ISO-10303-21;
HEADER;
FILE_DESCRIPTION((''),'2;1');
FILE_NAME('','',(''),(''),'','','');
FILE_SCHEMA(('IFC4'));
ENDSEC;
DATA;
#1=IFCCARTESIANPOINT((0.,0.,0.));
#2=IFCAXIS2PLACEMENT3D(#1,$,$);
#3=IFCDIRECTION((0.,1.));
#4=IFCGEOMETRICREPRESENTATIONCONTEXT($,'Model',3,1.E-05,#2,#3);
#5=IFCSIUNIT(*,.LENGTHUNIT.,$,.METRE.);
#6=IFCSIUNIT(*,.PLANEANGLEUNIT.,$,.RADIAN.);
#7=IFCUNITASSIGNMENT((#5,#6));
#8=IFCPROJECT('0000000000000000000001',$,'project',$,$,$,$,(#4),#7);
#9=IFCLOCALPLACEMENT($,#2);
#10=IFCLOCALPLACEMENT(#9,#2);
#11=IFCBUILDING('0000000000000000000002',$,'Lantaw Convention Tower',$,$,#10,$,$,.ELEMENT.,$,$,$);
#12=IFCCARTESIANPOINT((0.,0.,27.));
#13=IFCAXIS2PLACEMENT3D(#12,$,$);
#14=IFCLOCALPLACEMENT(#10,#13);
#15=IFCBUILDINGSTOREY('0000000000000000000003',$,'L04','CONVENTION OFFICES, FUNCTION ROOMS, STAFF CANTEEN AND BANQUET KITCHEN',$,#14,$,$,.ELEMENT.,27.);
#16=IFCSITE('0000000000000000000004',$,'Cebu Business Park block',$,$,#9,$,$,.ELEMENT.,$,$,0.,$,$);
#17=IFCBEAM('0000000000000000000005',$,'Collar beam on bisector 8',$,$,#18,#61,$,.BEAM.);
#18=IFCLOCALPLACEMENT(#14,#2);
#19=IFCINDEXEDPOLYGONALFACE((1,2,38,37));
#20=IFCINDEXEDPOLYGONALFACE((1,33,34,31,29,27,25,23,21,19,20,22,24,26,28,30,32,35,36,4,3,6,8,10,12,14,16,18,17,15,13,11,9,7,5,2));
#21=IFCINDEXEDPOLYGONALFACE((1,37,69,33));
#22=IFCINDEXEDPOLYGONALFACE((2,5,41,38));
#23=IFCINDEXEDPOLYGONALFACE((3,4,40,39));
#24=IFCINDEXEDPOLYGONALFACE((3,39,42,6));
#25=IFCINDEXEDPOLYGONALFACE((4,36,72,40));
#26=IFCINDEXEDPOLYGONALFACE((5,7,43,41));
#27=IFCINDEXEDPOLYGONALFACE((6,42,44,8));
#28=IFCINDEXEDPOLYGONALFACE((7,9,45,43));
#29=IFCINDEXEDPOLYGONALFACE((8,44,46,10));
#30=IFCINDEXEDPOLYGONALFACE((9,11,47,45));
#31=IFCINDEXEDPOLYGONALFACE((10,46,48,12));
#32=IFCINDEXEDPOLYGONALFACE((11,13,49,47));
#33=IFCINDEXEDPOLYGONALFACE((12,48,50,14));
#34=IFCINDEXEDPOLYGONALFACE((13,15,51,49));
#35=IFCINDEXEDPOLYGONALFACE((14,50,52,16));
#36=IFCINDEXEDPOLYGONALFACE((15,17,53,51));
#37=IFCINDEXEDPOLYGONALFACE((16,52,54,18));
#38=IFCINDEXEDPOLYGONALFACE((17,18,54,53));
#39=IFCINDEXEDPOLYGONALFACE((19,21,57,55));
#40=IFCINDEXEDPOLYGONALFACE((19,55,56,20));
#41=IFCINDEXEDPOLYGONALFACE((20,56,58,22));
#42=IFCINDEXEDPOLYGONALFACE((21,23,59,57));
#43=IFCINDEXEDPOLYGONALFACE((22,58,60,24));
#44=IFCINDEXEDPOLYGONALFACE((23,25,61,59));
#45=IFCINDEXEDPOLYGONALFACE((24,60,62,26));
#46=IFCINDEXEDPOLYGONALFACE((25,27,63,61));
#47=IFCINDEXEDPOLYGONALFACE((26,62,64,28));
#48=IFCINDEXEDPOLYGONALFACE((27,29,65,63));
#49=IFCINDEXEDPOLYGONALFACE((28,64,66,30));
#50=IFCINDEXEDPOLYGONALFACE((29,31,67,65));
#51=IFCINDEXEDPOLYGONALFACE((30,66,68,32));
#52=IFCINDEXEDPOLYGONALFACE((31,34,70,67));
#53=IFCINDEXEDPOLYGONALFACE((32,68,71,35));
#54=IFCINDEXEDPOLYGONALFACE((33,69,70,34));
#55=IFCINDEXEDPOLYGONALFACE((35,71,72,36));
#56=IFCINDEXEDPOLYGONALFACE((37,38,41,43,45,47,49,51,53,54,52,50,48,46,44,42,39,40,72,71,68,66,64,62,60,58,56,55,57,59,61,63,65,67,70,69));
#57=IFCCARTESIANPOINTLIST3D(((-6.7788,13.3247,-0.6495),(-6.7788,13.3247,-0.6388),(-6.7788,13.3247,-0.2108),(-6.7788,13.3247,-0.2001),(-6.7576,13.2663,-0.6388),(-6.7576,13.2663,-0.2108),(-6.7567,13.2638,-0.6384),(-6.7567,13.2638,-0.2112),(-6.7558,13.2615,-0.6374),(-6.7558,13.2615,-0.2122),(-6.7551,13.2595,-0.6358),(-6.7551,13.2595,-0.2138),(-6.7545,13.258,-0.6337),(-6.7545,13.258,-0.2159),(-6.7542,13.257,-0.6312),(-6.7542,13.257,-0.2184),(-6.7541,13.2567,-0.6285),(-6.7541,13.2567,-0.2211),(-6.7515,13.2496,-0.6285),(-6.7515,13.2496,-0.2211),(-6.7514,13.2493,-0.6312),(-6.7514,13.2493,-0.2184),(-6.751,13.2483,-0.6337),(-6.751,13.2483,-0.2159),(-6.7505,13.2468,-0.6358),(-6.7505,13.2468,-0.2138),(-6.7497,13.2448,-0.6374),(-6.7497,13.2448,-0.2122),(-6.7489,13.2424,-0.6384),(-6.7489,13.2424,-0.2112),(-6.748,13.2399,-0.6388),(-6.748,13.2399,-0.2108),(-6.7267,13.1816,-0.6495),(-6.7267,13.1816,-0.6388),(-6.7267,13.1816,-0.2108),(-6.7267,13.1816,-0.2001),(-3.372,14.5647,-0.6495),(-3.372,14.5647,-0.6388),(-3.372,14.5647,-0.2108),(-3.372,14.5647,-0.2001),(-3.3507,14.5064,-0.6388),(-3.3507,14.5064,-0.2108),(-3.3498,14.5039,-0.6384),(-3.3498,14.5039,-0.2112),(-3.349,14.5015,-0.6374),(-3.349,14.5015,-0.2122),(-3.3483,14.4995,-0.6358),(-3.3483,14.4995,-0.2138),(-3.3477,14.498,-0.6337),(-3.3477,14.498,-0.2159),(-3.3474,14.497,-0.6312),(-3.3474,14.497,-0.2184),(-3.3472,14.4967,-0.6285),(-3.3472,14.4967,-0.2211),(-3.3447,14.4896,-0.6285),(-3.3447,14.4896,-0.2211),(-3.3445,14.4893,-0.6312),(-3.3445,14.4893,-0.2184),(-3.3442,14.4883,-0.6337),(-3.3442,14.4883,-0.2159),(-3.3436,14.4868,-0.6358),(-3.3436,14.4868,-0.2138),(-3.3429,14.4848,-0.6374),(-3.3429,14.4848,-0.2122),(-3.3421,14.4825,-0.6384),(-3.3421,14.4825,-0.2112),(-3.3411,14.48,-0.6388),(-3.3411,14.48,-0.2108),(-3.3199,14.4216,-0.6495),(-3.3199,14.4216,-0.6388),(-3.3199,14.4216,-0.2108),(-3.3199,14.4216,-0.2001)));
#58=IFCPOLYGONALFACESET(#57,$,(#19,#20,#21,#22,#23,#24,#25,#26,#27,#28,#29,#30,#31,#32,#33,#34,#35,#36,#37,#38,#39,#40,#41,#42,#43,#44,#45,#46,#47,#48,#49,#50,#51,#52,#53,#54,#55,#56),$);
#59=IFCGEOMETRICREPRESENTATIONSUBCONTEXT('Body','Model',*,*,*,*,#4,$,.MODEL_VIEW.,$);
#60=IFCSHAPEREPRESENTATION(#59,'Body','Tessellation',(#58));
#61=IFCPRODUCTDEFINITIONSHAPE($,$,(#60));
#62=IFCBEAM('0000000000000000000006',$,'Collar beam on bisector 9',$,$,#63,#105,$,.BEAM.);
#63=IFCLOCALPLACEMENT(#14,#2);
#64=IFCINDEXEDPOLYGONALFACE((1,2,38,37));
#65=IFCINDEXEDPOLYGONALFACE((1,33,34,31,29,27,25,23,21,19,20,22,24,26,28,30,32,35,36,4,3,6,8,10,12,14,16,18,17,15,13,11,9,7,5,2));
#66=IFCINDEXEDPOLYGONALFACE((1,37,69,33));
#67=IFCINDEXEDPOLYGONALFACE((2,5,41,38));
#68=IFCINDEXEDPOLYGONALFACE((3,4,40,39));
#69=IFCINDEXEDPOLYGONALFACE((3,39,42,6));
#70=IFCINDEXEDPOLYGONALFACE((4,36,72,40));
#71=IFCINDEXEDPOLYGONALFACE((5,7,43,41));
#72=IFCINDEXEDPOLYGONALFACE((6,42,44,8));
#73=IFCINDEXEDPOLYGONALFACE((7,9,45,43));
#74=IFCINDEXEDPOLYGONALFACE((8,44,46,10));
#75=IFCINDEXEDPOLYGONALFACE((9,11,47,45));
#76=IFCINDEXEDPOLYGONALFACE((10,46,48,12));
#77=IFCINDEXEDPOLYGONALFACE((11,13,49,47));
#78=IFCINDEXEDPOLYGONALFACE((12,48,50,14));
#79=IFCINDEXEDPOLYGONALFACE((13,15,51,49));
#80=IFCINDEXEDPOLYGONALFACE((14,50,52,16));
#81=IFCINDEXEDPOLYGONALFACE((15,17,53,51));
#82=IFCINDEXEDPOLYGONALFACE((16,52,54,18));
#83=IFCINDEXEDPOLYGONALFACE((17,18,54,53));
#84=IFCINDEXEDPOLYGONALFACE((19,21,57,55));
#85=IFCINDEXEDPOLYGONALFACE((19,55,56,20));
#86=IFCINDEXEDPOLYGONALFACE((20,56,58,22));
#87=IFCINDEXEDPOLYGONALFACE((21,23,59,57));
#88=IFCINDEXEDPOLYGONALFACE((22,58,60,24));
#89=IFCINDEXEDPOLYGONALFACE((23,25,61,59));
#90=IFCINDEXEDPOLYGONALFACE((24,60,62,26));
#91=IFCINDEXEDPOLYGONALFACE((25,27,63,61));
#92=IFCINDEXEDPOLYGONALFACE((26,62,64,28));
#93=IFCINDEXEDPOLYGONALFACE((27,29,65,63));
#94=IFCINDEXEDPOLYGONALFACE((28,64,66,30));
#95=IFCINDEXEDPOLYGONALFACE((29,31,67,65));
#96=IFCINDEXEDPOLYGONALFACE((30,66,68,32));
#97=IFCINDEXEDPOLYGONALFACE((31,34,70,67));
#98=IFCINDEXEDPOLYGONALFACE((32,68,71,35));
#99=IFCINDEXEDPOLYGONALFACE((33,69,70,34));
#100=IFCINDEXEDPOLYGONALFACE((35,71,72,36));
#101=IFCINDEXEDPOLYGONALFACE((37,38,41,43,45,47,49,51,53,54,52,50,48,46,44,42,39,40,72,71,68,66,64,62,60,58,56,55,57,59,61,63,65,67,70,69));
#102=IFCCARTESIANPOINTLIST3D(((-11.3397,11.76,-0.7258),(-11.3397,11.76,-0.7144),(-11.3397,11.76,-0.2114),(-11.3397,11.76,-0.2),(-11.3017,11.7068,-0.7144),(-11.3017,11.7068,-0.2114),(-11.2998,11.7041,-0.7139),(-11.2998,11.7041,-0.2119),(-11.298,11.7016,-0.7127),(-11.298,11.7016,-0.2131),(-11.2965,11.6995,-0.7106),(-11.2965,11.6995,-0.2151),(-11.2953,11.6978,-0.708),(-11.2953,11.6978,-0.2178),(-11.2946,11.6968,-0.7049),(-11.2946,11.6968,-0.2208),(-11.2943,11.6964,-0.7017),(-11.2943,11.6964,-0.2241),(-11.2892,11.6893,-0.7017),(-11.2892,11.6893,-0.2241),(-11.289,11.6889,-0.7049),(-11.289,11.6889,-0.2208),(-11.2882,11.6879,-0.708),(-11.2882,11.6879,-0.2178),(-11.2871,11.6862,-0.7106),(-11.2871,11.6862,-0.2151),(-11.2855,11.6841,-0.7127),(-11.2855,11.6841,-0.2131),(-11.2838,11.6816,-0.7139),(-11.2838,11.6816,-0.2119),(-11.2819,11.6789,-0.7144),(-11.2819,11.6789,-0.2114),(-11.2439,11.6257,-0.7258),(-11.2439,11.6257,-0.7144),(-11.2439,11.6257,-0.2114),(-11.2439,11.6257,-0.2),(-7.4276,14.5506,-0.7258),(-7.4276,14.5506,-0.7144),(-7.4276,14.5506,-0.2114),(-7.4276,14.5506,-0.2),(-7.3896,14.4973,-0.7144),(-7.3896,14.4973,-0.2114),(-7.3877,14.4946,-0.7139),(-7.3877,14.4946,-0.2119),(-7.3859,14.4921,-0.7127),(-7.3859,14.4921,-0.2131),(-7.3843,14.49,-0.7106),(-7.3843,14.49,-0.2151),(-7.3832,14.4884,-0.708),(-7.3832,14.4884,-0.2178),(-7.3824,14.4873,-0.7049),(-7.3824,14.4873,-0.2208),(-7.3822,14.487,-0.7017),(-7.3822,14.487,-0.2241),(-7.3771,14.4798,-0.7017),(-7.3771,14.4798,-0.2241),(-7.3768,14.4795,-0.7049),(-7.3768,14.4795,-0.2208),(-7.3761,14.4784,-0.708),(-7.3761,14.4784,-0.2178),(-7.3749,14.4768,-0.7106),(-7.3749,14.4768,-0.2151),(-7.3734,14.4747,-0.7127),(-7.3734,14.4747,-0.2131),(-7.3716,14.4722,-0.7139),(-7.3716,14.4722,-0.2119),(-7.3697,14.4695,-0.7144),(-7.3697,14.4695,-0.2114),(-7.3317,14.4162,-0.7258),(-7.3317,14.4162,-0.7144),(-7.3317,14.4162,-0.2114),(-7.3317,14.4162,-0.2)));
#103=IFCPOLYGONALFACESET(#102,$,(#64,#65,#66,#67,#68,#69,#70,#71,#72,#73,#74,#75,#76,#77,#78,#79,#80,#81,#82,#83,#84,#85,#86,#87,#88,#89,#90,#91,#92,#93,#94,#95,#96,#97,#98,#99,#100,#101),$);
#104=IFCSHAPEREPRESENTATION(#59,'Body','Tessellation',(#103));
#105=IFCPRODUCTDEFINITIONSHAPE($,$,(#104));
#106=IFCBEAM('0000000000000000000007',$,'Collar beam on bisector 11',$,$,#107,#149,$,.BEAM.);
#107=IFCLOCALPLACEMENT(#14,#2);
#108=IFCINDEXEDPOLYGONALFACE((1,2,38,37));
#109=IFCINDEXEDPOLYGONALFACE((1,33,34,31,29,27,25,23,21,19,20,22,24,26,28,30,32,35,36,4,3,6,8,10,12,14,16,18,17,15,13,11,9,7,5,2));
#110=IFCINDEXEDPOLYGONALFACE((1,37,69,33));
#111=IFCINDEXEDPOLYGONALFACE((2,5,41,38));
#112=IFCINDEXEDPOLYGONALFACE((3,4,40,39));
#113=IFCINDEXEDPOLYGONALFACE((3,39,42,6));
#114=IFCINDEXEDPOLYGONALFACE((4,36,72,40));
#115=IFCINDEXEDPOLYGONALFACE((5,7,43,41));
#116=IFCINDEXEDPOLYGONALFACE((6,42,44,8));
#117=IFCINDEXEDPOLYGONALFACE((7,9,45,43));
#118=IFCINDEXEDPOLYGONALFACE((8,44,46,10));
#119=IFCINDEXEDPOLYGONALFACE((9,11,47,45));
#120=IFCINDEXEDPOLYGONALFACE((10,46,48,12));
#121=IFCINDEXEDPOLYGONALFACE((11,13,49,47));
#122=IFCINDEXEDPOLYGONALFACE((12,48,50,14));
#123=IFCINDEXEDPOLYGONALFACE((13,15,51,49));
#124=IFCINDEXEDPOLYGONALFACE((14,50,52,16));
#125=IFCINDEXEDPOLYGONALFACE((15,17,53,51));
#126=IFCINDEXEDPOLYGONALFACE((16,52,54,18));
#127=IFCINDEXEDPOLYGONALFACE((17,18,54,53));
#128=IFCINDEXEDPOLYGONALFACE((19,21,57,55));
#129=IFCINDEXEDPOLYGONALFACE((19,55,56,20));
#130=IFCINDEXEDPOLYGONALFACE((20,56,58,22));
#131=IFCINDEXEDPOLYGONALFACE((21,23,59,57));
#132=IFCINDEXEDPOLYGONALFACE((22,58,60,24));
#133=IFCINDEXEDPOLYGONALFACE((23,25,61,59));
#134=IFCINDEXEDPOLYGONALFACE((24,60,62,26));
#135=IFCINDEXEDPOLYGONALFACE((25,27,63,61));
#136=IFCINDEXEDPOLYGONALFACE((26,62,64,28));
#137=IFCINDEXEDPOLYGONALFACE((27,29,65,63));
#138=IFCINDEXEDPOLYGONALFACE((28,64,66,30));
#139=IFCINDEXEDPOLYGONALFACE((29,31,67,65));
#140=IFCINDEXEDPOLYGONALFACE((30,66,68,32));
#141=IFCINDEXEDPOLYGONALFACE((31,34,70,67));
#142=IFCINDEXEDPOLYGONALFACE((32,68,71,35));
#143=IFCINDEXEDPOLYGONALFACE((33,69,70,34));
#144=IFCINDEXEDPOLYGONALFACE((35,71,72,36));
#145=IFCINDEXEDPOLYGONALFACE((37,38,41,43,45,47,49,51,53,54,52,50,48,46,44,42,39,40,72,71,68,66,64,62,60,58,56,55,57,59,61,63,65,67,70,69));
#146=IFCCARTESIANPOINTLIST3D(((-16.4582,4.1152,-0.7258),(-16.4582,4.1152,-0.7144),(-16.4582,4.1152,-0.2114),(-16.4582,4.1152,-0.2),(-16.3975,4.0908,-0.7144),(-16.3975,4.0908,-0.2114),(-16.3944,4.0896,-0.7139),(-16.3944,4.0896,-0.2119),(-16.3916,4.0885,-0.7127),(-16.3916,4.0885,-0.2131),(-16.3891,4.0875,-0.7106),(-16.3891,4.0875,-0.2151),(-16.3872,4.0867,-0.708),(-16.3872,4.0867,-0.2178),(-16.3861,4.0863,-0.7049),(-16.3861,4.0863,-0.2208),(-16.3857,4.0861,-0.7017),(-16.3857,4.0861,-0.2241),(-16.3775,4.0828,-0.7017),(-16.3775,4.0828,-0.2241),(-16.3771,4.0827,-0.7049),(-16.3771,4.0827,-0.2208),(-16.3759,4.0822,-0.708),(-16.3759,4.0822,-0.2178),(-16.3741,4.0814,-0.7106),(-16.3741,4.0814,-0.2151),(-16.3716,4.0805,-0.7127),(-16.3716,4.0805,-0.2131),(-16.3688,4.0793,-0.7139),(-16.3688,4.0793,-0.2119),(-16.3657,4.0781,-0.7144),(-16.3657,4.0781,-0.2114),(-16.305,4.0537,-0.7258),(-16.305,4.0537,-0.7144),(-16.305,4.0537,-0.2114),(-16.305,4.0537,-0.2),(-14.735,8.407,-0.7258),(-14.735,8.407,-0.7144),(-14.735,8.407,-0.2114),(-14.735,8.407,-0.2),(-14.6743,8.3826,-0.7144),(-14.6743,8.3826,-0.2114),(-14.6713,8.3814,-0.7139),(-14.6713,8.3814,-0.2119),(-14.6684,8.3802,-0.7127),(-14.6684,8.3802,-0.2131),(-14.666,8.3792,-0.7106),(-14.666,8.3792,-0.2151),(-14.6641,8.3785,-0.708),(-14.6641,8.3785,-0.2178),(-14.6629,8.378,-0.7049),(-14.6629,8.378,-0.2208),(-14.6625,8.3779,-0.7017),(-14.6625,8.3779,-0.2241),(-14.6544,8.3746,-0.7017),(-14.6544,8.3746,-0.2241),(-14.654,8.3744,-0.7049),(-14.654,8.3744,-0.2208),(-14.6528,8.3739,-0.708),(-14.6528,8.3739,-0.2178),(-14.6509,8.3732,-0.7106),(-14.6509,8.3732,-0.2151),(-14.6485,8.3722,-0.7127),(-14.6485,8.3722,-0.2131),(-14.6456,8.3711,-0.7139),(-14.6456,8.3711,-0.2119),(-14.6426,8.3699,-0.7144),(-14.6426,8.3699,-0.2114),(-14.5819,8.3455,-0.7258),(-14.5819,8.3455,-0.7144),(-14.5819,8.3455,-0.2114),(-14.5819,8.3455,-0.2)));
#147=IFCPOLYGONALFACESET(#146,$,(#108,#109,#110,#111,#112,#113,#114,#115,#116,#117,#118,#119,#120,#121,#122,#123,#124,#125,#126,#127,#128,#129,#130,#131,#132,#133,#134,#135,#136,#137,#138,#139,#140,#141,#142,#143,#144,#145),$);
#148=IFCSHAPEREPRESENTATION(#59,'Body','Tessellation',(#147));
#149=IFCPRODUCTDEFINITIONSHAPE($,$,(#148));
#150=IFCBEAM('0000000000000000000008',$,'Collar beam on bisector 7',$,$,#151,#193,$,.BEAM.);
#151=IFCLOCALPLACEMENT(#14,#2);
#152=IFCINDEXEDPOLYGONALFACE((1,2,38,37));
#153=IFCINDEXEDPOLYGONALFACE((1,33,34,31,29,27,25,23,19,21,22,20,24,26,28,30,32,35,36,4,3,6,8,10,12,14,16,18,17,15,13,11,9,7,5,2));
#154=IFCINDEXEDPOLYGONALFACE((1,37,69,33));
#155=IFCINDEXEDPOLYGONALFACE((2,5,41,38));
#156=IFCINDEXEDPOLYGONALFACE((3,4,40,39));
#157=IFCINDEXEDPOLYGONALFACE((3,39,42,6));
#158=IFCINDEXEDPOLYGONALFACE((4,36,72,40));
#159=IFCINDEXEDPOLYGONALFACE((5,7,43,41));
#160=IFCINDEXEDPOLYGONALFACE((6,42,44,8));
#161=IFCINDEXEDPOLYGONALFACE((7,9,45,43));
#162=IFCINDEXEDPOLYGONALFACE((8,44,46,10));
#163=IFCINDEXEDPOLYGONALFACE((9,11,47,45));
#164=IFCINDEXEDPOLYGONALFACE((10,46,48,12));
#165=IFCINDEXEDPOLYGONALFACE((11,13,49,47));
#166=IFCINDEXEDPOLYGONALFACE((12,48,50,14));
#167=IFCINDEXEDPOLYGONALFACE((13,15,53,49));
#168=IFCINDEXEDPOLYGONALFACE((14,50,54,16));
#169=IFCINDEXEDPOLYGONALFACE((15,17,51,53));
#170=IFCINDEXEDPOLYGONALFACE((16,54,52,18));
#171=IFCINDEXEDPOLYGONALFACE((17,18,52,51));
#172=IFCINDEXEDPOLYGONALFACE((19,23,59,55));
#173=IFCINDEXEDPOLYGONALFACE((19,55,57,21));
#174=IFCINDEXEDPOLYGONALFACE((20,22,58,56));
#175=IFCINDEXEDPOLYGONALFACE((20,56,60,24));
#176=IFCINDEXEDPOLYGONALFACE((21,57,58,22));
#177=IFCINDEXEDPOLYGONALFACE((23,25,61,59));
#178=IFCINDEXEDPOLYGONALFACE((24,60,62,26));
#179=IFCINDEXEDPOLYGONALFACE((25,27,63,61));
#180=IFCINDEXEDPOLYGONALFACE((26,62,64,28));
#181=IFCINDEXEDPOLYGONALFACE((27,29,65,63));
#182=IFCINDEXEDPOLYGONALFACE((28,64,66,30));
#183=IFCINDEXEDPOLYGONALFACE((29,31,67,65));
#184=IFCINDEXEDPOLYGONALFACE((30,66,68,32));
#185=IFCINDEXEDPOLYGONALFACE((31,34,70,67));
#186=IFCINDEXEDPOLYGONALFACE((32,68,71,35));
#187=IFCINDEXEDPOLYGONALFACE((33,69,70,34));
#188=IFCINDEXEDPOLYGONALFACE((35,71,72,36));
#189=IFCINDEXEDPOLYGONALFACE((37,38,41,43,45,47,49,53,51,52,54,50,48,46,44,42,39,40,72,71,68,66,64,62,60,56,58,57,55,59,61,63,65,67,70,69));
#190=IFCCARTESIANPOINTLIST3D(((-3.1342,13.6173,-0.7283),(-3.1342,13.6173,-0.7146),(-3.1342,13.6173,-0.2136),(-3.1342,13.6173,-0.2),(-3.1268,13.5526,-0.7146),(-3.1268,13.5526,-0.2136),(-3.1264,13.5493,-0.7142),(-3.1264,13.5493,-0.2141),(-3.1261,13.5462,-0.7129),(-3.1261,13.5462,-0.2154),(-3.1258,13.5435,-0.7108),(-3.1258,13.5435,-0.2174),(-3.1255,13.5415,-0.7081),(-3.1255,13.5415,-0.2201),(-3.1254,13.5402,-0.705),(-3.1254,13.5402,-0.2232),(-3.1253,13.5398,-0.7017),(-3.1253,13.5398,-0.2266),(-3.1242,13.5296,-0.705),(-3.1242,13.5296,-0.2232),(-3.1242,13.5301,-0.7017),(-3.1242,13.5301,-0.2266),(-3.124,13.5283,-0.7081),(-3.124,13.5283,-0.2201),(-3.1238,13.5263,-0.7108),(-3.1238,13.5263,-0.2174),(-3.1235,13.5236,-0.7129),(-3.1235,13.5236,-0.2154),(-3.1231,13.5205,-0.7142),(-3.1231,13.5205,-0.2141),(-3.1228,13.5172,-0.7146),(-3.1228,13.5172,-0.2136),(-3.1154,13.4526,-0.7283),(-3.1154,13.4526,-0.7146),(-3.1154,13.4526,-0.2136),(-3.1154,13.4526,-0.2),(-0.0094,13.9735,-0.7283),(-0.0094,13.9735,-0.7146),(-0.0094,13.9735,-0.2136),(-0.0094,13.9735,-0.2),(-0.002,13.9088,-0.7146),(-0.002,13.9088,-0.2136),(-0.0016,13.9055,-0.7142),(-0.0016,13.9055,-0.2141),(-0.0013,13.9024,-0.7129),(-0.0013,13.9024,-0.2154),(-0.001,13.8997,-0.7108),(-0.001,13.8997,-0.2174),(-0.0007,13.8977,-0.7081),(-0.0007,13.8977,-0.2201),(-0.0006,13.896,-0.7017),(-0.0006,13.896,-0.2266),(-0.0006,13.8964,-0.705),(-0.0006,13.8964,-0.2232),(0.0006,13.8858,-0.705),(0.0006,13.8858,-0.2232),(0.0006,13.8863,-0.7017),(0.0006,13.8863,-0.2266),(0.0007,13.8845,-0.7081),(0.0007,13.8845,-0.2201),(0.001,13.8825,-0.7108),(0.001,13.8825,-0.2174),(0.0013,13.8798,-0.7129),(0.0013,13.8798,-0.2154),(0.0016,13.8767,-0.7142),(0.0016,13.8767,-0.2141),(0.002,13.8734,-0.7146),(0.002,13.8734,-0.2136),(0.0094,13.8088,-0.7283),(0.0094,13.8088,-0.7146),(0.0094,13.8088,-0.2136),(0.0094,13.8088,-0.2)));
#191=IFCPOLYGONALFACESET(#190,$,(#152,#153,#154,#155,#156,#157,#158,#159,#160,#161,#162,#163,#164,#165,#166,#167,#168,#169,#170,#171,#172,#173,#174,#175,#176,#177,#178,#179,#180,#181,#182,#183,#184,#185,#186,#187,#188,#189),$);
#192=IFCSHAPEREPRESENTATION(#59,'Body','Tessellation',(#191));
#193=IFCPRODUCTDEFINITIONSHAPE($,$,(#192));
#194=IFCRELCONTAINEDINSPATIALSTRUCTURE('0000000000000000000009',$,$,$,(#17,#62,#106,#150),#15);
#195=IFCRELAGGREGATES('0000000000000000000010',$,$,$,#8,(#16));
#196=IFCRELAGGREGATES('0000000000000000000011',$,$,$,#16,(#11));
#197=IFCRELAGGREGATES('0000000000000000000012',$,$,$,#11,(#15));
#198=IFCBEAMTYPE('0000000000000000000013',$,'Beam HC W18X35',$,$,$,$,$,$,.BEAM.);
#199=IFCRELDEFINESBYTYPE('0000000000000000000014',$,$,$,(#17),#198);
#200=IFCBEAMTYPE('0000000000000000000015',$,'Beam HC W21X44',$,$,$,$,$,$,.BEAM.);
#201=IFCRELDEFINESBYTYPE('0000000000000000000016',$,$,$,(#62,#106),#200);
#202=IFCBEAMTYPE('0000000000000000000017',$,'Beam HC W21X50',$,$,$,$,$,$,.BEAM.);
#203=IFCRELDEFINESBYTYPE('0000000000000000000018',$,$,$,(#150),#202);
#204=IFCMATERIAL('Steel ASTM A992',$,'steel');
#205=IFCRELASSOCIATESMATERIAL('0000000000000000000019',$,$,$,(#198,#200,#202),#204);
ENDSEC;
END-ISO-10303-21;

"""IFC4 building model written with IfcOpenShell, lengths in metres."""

from ifc_helpers import new_model, si_unit, direction, frame, origin, origin_2d, place, context, subcontext, project, spatial, i_section, extrude, material, material_profile, profile_set, type_object, element, save


model = new_model("IFC4")

# Units and contexts
model_context = context("Model", 3, precision=1e-05, world=origin(), true_north=direction((0.0, 1.0)))
body_context = subcontext(model_context, "Body", "Model", "MODEL_VIEW")
ifc_project = project(units=[si_unit("LENGTHUNIT", "METRE"), si_unit("PLANEANGLEUNIT", "RADIAN")], contexts=[model_context])

# Site, building, storey
site_placement = place(None, origin())
site = spatial("IfcSite", under=ifc_project, at=site_placement, Name="Cebu Business Park block", CompositionType="ELEMENT", RefElevation=0.0)
building_placement = place(site_placement, origin())
building = spatial("IfcBuilding", under=site, at=building_placement, Name="Lantaw Convention Tower", CompositionType="ELEMENT")
storey_placement = place(building_placement, frame((0.0, 0.0, 27.0)))
storey = spatial("IfcBuildingStorey", under=building, at=storey_placement, Name="L04", Description="CONVENTION OFFICES, FUNCTION ROOMS, STAFF CANTEEN AND BANQUET KITCHEN", CompositionType="ELEMENT", Elevation=27.0)

# Beams
ifc_material_1 = material(Name="Steel ASTM A992", Category="steel")
ifc_material_profile_1 = material_profile(ifc_material_1, i_section(OverallWidth=0.1523, OverallDepth=0.4495, WebThickness=0.0076, FlangeThickness=0.0107, FilletRadius=0.0103, at=origin_2d()), Name="W18X35")
ifc_profile_set_1 = profile_set([ifc_material_profile_1], Name="Steel ASTM A992")
beam_type_1 = type_object("IfcBeamType", Name="Beam HC W18X35", PredefinedType="BEAM", material=ifc_profile_set_1)
beam_1_placement = place(storey_placement, frame((-3.3459, 14.4932, -0.4248), z_axis=(-0.939689, -0.34203, 0.0), x_axis=(0.34203, -0.939689, 0.0)))
element("IfcBeam", 1, at=beam_1_placement, inside=storey, type_object=beam_type_1, Name="Collar beam on bisector 8", PredefinedType="BEAM", context=body_context, shape_type="SweptSolid", body=[
    extrude(i_section(OverallWidth=0.1523, OverallDepth=0.4495, WebThickness=0.0076, FlangeThickness=0.0107, FilletRadius=0.0103, at=origin_2d()), origin(), (0.0, 0.0, 1.0), 3.6255),
])
ifc_material_profile_2 = material_profile(ifc_material_1, i_section(OverallWidth=0.165, OverallDepth=0.5259, WebThickness=0.0088, FlangeThickness=0.0115, FilletRadius=0.0127, at=origin_2d()), Name="W21X44")
ifc_profile_set_2 = profile_set([ifc_material_profile_2], Name="Steel ASTM A992")
beam_type_2 = type_object("IfcBeamType", Name="Beam HC W21X44", PredefinedType="BEAM", material=ifc_profile_set_2)
beam_2_placement = place(storey_placement, frame((-7.3796, 14.4834, -0.4629), z_axis=(-0.814111, -0.580709, 0.0), x_axis=(0.580709, -0.814111, 0.0)))
element("IfcBeam", 2, at=beam_2_placement, inside=storey, type_object=beam_type_2, Name="Collar beam on bisector 9", PredefinedType="BEAM", context=body_context, shape_type="SweptSolid", body=[
    extrude(i_section(OverallWidth=0.165, OverallDepth=0.5259, WebThickness=0.0088, FlangeThickness=0.0115, FilletRadius=0.0127, at=origin_2d()), origin(), (0.0, 0.0, 1.0), 4.8054),
])
beam_3_placement = place(storey_placement, frame((-14.6584, 8.3762, -0.4629), z_axis=(-0.372592, -0.927995, 0.0), x_axis=(0.927995, -0.372592, 0.0)))
element("IfcBeam", 3, at=beam_3_placement, inside=storey, type_object=beam_type_2, Name="Collar beam on bisector 11", PredefinedType="BEAM", context=body_context, shape_type="SweptSolid", body=[
    extrude(i_section(OverallWidth=0.165, OverallDepth=0.5259, WebThickness=0.0088, FlangeThickness=0.0115, FilletRadius=0.0127, at=origin_2d()), origin(), (0.0, 0.0, 1.0), 4.6248),
])
ifc_material_profile_3 = material_profile(ifc_material_1, i_section(OverallWidth=0.1658, OverallDepth=0.5283, WebThickness=0.0098, FlangeThickness=0.0137, FilletRadius=0.0129, at=origin_2d()), Name="W21X50")
ifc_profile_set_3 = profile_set([ifc_material_profile_3], Name="Steel ASTM A992")
beam_type_3 = type_object("IfcBeamType", Name="Beam HC W21X50", PredefinedType="BEAM", material=ifc_profile_set_3)
beam_4_placement = place(storey_placement, frame((0.0, 13.8911, -0.4641), z_axis=(-0.993565, -0.11326, 0.0), x_axis=(0.11326, -0.993565, 0.0)))
element("IfcBeam", 4, at=beam_4_placement, inside=storey, type_object=beam_type_3, Name="Collar beam on bisector 7", PredefinedType="BEAM", context=body_context, shape_type="SweptSolid", body=[
    extrude(i_section(OverallWidth=0.1658, OverallDepth=0.5283, WebThickness=0.0098, FlangeThickness=0.0137, FilletRadius=0.0129, at=origin_2d()), origin(), (0.0, 0.0, 1.0), 3.145),
])

save(model, "model.ifc")
